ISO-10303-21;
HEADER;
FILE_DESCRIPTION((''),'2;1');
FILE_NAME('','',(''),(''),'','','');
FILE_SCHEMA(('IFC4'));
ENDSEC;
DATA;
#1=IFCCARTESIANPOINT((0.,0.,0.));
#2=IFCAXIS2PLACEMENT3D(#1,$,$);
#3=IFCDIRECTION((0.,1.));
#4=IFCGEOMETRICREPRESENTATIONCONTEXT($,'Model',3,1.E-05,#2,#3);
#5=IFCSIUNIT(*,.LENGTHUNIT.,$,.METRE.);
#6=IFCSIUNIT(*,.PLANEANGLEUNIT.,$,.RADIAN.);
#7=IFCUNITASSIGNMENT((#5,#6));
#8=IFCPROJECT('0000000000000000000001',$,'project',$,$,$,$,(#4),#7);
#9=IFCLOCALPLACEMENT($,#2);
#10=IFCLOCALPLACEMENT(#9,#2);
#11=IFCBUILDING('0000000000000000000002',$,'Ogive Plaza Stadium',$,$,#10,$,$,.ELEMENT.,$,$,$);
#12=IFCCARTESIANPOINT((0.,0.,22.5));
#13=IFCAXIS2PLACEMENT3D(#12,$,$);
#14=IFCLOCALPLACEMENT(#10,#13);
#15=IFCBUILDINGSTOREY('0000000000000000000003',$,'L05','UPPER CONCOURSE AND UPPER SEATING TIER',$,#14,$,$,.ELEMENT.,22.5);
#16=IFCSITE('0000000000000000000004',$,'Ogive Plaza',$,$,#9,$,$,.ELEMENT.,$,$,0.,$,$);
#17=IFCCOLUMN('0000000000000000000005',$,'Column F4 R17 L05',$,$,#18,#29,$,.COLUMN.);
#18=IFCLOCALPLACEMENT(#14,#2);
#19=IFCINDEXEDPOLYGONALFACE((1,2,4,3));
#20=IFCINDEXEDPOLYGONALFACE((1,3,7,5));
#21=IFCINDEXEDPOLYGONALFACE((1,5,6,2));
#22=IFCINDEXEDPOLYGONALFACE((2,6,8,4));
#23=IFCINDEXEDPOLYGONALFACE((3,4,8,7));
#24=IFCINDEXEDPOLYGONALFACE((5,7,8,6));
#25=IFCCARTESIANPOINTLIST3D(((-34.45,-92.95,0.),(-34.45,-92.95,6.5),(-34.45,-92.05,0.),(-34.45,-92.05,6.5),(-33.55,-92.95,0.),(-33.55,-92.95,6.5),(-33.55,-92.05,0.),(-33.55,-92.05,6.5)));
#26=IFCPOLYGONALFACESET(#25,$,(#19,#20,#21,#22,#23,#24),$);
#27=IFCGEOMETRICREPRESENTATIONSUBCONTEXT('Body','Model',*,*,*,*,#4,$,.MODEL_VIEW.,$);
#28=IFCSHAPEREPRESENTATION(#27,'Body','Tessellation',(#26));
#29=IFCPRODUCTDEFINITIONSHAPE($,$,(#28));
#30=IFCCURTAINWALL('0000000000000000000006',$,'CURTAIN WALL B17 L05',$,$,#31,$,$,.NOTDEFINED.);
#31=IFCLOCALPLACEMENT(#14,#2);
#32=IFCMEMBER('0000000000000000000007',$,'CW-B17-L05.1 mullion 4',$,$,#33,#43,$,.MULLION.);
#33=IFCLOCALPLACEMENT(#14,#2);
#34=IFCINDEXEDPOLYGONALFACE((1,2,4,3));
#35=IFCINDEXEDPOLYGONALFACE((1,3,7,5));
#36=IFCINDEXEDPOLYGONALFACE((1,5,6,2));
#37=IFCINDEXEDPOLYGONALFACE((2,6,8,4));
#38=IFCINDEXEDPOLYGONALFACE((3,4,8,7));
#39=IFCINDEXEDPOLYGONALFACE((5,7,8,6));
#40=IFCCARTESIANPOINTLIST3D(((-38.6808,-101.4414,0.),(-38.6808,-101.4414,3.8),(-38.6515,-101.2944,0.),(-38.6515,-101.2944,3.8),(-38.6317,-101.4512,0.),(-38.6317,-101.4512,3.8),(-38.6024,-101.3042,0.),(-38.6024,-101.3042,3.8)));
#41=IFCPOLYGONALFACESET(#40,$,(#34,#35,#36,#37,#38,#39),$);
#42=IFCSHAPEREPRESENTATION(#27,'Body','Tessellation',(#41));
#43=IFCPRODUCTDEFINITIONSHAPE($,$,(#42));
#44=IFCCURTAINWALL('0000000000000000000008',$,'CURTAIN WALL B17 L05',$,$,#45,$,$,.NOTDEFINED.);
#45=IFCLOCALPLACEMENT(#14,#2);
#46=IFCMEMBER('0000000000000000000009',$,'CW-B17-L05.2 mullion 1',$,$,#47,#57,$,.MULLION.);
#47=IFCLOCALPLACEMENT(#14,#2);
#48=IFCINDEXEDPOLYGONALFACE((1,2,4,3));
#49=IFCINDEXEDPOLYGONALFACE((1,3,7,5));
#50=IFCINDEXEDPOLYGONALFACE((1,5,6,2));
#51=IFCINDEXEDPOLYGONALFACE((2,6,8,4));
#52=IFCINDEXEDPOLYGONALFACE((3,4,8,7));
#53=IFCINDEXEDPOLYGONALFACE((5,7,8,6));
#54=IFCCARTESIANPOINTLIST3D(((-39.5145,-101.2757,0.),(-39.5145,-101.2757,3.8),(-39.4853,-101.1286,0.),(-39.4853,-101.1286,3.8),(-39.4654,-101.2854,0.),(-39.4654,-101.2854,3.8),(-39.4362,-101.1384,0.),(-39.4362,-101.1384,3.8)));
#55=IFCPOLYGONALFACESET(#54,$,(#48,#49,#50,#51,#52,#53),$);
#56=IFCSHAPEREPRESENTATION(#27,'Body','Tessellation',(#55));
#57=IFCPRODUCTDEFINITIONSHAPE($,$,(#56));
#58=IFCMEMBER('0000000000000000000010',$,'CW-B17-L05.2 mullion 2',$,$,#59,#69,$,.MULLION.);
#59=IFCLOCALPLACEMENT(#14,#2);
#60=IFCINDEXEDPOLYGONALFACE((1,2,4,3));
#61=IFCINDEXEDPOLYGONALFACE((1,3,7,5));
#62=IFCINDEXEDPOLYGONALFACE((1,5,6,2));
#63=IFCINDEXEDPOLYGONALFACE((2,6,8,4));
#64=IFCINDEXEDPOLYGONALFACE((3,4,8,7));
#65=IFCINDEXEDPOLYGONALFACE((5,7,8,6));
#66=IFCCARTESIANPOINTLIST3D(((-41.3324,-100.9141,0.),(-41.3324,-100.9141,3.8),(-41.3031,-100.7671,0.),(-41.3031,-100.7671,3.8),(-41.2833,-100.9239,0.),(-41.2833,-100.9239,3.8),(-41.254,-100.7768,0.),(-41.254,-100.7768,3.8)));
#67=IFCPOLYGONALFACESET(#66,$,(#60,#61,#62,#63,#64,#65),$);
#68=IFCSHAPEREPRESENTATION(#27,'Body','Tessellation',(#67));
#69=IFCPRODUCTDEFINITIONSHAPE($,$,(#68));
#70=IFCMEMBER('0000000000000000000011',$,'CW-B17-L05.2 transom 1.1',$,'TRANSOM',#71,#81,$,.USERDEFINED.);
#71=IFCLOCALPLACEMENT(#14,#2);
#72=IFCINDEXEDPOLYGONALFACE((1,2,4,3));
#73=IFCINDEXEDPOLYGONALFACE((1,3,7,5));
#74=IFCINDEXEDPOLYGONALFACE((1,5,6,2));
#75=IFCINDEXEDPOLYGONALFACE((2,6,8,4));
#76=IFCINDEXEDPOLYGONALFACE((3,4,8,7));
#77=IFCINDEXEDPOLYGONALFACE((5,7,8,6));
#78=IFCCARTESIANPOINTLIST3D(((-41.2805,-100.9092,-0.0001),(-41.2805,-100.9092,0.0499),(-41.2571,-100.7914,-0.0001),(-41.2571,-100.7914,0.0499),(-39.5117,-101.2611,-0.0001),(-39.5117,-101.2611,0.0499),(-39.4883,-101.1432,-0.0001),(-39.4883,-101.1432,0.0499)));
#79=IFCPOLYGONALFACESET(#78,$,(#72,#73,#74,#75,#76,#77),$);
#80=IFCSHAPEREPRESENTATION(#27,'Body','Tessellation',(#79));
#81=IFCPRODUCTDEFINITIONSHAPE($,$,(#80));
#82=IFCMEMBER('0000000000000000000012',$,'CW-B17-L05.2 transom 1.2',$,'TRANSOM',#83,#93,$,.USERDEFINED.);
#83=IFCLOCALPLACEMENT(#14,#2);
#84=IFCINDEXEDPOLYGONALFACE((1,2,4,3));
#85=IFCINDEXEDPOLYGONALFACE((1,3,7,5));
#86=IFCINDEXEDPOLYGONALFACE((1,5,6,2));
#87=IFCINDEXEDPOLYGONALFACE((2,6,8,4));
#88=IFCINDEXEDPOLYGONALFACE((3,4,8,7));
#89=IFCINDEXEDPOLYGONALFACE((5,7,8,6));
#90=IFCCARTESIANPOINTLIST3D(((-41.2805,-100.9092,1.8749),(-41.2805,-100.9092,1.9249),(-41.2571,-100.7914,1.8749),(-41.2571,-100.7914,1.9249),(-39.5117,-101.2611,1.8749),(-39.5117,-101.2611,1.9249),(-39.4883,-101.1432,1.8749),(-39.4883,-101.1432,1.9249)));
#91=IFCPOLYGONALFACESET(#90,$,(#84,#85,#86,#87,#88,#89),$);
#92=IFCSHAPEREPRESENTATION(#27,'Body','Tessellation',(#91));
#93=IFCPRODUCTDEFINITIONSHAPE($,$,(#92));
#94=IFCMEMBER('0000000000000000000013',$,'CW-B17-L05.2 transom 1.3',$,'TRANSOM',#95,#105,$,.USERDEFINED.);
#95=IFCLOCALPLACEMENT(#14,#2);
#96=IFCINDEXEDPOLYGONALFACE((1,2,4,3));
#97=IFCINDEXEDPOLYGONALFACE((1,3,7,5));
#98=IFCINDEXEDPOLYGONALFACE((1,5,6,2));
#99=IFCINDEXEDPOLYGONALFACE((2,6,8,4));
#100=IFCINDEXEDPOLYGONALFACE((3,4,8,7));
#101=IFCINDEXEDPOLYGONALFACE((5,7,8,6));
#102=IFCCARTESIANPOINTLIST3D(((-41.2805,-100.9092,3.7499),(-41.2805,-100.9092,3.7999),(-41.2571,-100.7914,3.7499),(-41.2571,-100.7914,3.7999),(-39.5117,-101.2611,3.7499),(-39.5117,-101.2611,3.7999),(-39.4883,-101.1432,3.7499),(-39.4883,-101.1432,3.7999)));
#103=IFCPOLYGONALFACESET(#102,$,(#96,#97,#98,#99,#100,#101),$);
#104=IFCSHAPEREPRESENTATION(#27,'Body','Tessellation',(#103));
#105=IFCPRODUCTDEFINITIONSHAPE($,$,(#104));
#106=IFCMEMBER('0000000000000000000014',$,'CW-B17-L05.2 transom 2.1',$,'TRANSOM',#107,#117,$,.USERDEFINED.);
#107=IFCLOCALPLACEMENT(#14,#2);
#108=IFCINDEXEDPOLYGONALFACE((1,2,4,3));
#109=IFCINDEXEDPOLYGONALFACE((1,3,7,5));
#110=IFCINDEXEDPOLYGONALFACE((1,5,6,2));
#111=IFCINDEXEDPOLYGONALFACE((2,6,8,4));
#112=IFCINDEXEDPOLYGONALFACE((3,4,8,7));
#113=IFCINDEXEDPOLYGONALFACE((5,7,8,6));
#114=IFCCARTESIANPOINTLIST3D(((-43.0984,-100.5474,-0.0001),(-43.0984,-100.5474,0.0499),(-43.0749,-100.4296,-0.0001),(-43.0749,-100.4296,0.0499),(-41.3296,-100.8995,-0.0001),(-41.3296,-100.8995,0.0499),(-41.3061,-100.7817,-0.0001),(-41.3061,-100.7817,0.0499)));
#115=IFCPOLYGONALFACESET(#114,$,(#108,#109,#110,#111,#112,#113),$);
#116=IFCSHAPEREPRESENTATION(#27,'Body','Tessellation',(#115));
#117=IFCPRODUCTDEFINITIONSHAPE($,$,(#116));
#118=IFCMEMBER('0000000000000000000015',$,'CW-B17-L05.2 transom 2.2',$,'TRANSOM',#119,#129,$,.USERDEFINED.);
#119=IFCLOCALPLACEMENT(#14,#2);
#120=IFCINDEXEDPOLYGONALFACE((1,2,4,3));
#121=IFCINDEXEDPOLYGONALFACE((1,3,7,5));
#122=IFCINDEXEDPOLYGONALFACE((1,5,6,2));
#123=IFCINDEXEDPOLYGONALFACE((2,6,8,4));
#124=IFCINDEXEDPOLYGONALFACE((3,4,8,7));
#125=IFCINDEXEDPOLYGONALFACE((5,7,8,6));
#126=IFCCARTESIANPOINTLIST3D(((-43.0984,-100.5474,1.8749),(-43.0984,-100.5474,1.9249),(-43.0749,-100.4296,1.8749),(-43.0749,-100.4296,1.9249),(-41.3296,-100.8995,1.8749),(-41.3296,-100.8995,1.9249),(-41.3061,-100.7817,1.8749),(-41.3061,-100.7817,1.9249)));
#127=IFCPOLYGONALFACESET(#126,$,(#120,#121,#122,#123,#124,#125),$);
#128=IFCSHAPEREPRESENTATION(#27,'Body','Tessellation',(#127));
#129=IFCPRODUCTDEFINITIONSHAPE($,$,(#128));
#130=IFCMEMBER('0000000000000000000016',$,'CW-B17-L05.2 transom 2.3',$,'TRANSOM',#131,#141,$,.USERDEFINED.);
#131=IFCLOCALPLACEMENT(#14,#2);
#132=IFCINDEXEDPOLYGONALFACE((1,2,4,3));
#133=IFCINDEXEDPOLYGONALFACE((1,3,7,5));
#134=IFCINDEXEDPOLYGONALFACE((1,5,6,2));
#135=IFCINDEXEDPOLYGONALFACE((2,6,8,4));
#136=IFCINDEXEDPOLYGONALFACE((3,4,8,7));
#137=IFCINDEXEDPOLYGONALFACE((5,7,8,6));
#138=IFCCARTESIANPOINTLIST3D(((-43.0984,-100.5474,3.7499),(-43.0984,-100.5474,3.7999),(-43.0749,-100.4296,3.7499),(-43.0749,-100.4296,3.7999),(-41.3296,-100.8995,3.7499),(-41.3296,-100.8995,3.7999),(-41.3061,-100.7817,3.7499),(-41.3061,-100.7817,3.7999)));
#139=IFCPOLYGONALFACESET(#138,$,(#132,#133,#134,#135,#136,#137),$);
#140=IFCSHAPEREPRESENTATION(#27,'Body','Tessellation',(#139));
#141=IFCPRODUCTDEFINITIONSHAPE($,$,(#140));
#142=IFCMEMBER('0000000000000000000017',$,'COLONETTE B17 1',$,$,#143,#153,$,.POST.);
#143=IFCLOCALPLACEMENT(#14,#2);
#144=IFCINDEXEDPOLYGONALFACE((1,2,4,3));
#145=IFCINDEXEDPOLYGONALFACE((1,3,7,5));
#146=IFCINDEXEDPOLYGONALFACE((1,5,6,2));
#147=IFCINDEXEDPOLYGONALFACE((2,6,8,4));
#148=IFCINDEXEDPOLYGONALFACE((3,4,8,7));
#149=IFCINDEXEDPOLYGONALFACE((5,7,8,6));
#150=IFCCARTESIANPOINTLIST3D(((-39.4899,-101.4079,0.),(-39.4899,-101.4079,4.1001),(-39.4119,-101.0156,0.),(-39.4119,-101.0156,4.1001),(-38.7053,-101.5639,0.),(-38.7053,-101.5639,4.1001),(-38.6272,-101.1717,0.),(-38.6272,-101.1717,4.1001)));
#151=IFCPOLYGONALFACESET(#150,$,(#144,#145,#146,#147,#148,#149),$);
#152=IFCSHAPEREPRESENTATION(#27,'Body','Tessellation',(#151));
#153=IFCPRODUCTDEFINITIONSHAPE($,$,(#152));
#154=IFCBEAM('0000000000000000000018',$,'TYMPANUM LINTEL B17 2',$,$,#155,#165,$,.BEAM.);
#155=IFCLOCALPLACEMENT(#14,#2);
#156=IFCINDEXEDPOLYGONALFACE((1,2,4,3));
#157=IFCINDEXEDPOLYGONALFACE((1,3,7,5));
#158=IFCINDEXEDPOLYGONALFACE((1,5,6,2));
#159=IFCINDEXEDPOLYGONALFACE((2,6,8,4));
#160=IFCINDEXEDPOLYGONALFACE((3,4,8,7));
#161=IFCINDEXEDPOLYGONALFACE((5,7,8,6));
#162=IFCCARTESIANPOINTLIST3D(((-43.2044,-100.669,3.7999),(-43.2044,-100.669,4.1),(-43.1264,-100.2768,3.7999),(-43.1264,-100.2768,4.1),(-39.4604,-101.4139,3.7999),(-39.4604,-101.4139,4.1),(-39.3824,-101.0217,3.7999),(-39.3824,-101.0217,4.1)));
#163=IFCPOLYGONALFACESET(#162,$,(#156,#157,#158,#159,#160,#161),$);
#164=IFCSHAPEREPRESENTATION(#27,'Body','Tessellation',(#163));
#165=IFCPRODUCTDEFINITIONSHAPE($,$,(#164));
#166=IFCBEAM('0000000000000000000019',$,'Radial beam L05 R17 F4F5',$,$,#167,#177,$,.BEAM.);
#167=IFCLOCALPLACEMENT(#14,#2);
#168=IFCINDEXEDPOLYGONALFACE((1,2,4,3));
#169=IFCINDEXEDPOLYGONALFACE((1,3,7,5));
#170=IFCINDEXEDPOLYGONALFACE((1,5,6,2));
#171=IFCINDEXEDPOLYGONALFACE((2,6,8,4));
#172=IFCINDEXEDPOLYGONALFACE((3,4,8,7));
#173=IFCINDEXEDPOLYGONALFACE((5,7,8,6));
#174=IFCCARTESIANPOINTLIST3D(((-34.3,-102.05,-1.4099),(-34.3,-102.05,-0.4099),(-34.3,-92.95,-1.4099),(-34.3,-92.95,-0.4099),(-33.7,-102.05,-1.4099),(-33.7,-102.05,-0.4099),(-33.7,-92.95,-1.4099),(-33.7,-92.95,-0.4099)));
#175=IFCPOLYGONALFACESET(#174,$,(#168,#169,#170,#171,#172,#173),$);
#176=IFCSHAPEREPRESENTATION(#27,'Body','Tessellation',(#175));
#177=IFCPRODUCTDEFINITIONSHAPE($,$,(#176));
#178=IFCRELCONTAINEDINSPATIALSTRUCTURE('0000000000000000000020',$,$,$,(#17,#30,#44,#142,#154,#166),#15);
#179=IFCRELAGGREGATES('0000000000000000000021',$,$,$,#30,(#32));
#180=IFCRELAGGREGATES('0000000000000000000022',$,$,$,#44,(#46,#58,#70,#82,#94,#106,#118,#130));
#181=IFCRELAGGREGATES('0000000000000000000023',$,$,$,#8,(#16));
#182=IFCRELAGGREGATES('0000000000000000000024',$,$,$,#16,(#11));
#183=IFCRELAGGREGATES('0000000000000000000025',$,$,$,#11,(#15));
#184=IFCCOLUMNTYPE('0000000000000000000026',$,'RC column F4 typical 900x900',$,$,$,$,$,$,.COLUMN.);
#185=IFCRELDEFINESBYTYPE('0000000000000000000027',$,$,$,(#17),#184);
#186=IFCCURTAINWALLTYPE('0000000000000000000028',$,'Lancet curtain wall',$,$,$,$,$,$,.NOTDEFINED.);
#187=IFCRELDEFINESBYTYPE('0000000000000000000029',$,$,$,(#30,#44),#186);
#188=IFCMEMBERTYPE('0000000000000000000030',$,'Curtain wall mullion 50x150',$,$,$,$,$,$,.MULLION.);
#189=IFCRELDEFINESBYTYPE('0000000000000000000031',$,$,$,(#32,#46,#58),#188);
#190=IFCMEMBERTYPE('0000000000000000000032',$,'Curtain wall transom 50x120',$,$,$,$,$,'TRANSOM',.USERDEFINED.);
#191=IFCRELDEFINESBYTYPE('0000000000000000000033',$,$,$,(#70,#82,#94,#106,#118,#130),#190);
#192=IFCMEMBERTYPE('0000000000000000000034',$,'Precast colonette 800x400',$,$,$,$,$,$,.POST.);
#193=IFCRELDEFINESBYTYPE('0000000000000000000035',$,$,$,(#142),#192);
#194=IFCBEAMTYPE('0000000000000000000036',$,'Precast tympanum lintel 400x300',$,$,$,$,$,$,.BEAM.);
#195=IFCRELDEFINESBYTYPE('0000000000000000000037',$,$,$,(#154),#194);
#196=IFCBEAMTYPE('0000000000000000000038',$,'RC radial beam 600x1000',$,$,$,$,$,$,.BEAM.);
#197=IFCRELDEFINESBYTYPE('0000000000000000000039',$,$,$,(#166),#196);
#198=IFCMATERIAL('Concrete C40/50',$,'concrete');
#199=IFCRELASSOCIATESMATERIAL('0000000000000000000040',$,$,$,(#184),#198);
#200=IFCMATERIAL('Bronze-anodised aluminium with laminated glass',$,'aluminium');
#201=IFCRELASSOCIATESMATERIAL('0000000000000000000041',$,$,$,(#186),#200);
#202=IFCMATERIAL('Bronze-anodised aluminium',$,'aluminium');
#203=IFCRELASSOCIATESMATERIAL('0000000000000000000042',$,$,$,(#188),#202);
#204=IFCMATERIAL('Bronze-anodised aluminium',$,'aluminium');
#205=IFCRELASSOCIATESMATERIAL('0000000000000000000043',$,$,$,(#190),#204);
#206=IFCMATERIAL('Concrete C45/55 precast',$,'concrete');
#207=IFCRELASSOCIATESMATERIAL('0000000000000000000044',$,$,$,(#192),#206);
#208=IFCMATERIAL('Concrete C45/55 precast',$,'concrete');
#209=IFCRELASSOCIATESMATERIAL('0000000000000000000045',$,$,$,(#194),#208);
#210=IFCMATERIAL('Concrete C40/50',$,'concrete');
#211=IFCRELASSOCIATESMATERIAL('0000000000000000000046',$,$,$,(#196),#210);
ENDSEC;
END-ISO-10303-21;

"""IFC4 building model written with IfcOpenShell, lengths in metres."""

from ifc_helpers import new_model, si_unit, direction, frame, origin, origin_2d, place, context, subcontext, project, spatial, rectangle, extrude, material, material_profile, profile_set, type_object, element, aggregate, save


model = new_model("IFC4")

# Units and contexts
model_context = context("Model", 3, precision=1e-05, world=origin(), true_north=direction((0.0, 1.0)))
body_context = subcontext(model_context, "Body", "Model", "MODEL_VIEW")
ifc_project = project(units=[si_unit("LENGTHUNIT", "METRE"), si_unit("PLANEANGLEUNIT", "RADIAN")], contexts=[model_context])

# Site, building, storey
site_placement = place(None, origin())
site = spatial("IfcSite", under=ifc_project, at=site_placement, Name="Ogive Plaza", CompositionType="ELEMENT", RefElevation=0.0)
building_placement = place(site_placement, origin())
building = spatial("IfcBuilding", under=site, at=building_placement, Name="Ogive Plaza Stadium", CompositionType="ELEMENT")
storey_placement = place(building_placement, frame((0.0, 0.0, 22.5)))
storey = spatial("IfcBuildingStorey", under=building, at=storey_placement, Name="L05", Description="UPPER CONCOURSE AND UPPER SEATING TIER", CompositionType="ELEMENT", Elevation=22.5)

# Column
ifc_material_1 = material(Name="Concrete C40/50", Category="concrete")
ifc_material_profile_1 = material_profile(ifc_material_1, rectangle(XDim=0.8999, YDim=0.8999, at=origin_2d()), Name="RC 900x900")
ifc_profile_set_1 = profile_set([ifc_material_profile_1], Name="Concrete C40/50")
column_type = type_object("IfcColumnType", Name="RC column F4 typical 900x900", PredefinedType="COLUMN", material=ifc_profile_set_1)
column_placement = place(storey_placement, frame((-34.0, -92.5, 0.0), z_axis=(0.0, 0.0, 1.0), x_axis=(1.0, 0.0, 0.0)))
element("IfcColumn", 1, at=column_placement, inside=storey, type_object=column_type, Name="Column F4 R17 L05", PredefinedType="COLUMN", context=body_context, shape_type="SweptSolid", body=[
    extrude(rectangle(XDim=0.8999, YDim=0.8999, at=origin_2d()), origin(), (0.0, 0.0, 1.0), 6.5),
])

# Curtain wall, member
ifc_material_2 = material(Name="Bronze-anodised aluminium with laminated glass", Category="aluminium")
curtain_wall_type = type_object("IfcCurtainWallType", Name="Lancet curtain wall", PredefinedType="NOTDEFINED", material=ifc_material_2)
curtain_wall_1_placement = place(storey_placement, origin())
curtain_wall_1 = element("IfcCurtainWall", 2, at=curtain_wall_1_placement, inside=storey, type_object=curtain_wall_type, Name="CURTAIN WALL B17 L05", PredefinedType="NOTDEFINED")
ifc_material_3 = material(Name="Bronze-anodised aluminium", Category="aluminium")
ifc_material_profile_2 = material_profile(ifc_material_3, rectangle(XDim=0.1499, YDim=0.05, at=origin_2d()), Name="AL 150x50")
ifc_profile_set_2 = profile_set([ifc_material_profile_2], Name="Bronze-anodised aluminium")
member_type_1 = type_object("IfcMemberType", Name="Curtain wall mullion 50x150", PredefinedType="MULLION", material=ifc_profile_set_2)
member_1_placement = place(storey_placement, frame((-38.6416, -101.3728, 0.0), z_axis=(0.0, 0.0, 1.0), x_axis=(-0.19509, -0.980785, 0.0)))
member_1 = element("IfcMember", 3, at=member_1_placement, type_object=member_type_1, Name="CW-B17-L05.1 mullion 4", PredefinedType="MULLION", context=body_context, shape_type="SweptSolid", body=[
    extrude(rectangle(XDim=0.1499, YDim=0.05, at=origin_2d()), origin(), (0.0, 0.0, 1.0), 3.8),
])
aggregate(curtain_wall_1, [member_1])

# Curtain wall, members
curtain_wall_2_placement = place(storey_placement, origin())
curtain_wall_2 = element("IfcCurtainWall", 4, at=curtain_wall_2_placement, inside=storey, type_object=curtain_wall_type, Name="CURTAIN WALL B17 L05", PredefinedType="NOTDEFINED")
member_2_placement = place(storey_placement, frame((-39.4753, -101.207, 0.0), z_axis=(0.0, 0.0, 1.0), x_axis=(-0.19509, -0.980785, 0.0)))
member_2 = element("IfcMember", 5, at=member_2_placement, type_object=member_type_1, Name="CW-B17-L05.2 mullion 1", PredefinedType="MULLION", context=body_context, shape_type="SweptSolid", body=[
    extrude(rectangle(XDim=0.1499, YDim=0.05, at=origin_2d()), origin(), (0.0, 0.0, 1.0), 3.8),
])
member_3_placement = place(storey_placement, frame((-41.2932, -100.8455, 0.0), z_axis=(0.0, 0.0, 1.0), x_axis=(-0.19509, -0.980785, 0.0)))
member_3 = element("IfcMember", 6, at=member_3_placement, type_object=member_type_1, Name="CW-B17-L05.2 mullion 2", PredefinedType="MULLION", context=body_context, shape_type="SweptSolid", body=[
    extrude(rectangle(XDim=0.1499, YDim=0.05, at=origin_2d()), origin(), (0.0, 0.0, 1.0), 3.8),
])
ifc_material_4 = material(Name="Bronze-anodised aluminium", Category="aluminium")
ifc_material_profile_3 = material_profile(ifc_material_4, rectangle(XDim=0.1201, YDim=0.05, at=origin_2d()), Name="AL 120x50")
ifc_profile_set_3 = profile_set([ifc_material_profile_3], Name="Bronze-anodised aluminium")
member_type_2 = type_object("IfcMemberType", Name="Curtain wall transom 50x120", ElementType="TRANSOM", PredefinedType="USERDEFINED", material=ifc_profile_set_3)
member_4_placement = place(storey_placement, frame((-39.5, -101.2021, 0.0249), z_axis=(-0.980788, 0.195075, 0.0), x_axis=(-0.195075, -0.980788, 0.0)))
member_4 = element("IfcMember", 7, at=member_4_placement, type_object=member_type_2, Name="CW-B17-L05.2 transom 1.1", ObjectType="TRANSOM", PredefinedType="USERDEFINED", context=body_context, shape_type="SweptSolid", body=[
    extrude(rectangle(XDim=0.1201, YDim=0.05, at=origin_2d()), origin(), (0.0, 0.0, 1.0), 1.8035),
])
member_5_placement = place(storey_placement, frame((-39.5, -101.2021, 1.8999), z_axis=(-0.980788, 0.195075, 0.0), x_axis=(-0.195075, -0.980788, 0.0)))
member_5 = element("IfcMember", 8, at=member_5_placement, type_object=member_type_2, Name="CW-B17-L05.2 transom 1.2", ObjectType="TRANSOM", PredefinedType="USERDEFINED", context=body_context, shape_type="SweptSolid", body=[
    extrude(rectangle(XDim=0.1201, YDim=0.05, at=origin_2d()), origin(), (0.0, 0.0, 1.0), 1.8035),
])
member_6_placement = place(storey_placement, frame((-39.5, -101.2021, 3.7749), z_axis=(-0.980788, 0.195075, 0.0), x_axis=(-0.195075, -0.980788, 0.0)))
member_6 = element("IfcMember", 9, at=member_6_placement, type_object=member_type_2, Name="CW-B17-L05.2 transom 1.3", ObjectType="TRANSOM", PredefinedType="USERDEFINED", context=body_context, shape_type="SweptSolid", body=[
    extrude(rectangle(XDim=0.1201, YDim=0.05, at=origin_2d()), origin(), (0.0, 0.0, 1.0), 1.8035),
])
member_7_placement = place(storey_placement, frame((-41.3179, -100.8406, 0.0249), z_axis=(-0.980762, 0.195205, 0.0), x_axis=(-0.195205, -0.980762, 0.0)))
member_7 = element("IfcMember", 10, at=member_7_placement, type_object=member_type_2, Name="CW-B17-L05.2 transom 2.1", ObjectType="TRANSOM", PredefinedType="USERDEFINED", context=body_context, shape_type="SweptSolid", body=[
    extrude(rectangle(XDim=0.1201, YDim=0.05, at=origin_2d()), origin(), (0.0, 0.0, 1.0), 1.8035),
])
member_8_placement = place(storey_placement, frame((-41.3179, -100.8406, 1.8999), z_axis=(-0.980762, 0.195205, 0.0), x_axis=(-0.195205, -0.980762, 0.0)))
member_8 = element("IfcMember", 11, at=member_8_placement, type_object=member_type_2, Name="CW-B17-L05.2 transom 2.2", ObjectType="TRANSOM", PredefinedType="USERDEFINED", context=body_context, shape_type="SweptSolid", body=[
    extrude(rectangle(XDim=0.1201, YDim=0.05, at=origin_2d()), origin(), (0.0, 0.0, 1.0), 1.8035),
])
member_9_placement = place(storey_placement, frame((-41.3179, -100.8406, 3.7749), z_axis=(-0.980762, 0.195205, 0.0), x_axis=(-0.195205, -0.980762, 0.0)))
member_9 = element("IfcMember", 12, at=member_9_placement, type_object=member_type_2, Name="CW-B17-L05.2 transom 2.3", ObjectType="TRANSOM", PredefinedType="USERDEFINED", context=body_context, shape_type="SweptSolid", body=[
    extrude(rectangle(XDim=0.1201, YDim=0.05, at=origin_2d()), origin(), (0.0, 0.0, 1.0), 1.8035),
])

# Member
ifc_material_5 = material(Name="Concrete C45/55 precast", Category="concrete")
ifc_material_profile_4 = material_profile(ifc_material_5, rectangle(XDim=0.3999, YDim=0.8, at=origin_2d()), Name="RC 400x800")
ifc_profile_set_4 = profile_set([ifc_material_profile_4], Name="Concrete C45/55 precast")
member_type_3 = type_object("IfcMemberType", Name="Precast colonette 800x400", PredefinedType="POST", material=ifc_profile_set_4)
member_10_placement = place(storey_placement, frame((-39.0586, -101.2898, 0.0), z_axis=(0.0, 0.0, 1.0), x_axis=(-0.19509, -0.980785, 0.0)))
element("IfcMember", 13, at=member_10_placement, inside=storey, type_object=member_type_3, Name="COLONETTE B17 1", PredefinedType="POST", context=body_context, shape_type="SweptSolid", body=[
    extrude(rectangle(XDim=0.3999, YDim=0.8, at=origin_2d()), origin(), (0.0, 0.0, 1.0), 4.1001),
])

# Beams
ifc_material_6 = material(Name="Concrete C45/55 precast", Category="concrete")
ifc_material_profile_5 = material_profile(ifc_material_6, rectangle(XDim=0.3999, YDim=0.3, at=origin_2d()), Name="RC 400x300")
ifc_profile_set_5 = profile_set([ifc_material_profile_5], Name="Concrete C45/55 precast")
beam_type_1 = type_object("IfcBeamType", Name="Precast tympanum lintel 400x300", PredefinedType="BEAM", material=ifc_profile_set_5)
beam_1_placement = place(storey_placement, frame((-39.4214, -101.2178, 3.95), z_axis=(-0.980777, 0.195132, 0.0), x_axis=(-0.195132, -0.980777, 0.0)))
element("IfcBeam", 14, at=beam_1_placement, inside=storey, type_object=beam_type_1, Name="TYMPANUM LINTEL B17 2", PredefinedType="BEAM", context=body_context, shape_type="SweptSolid", body=[
    extrude(rectangle(XDim=0.3999, YDim=0.3, at=origin_2d()), origin(), (0.0, 0.0, 1.0), 3.8174),
])
ifc_material_7 = material(Name="Concrete C40/50", Category="concrete")
ifc_material_profile_6 = material_profile(ifc_material_7, rectangle(XDim=0.6001, YDim=1.0, at=origin_2d()), Name="RC 600x1000")
ifc_profile_set_6 = profile_set([ifc_material_profile_6], Name="Concrete C40/50")
beam_type_2 = type_object("IfcBeamType", Name="RC radial beam 600x1000", PredefinedType="BEAM", material=ifc_profile_set_6)
beam_2_placement = place(storey_placement, frame((-34.0, -92.95, -0.9099), z_axis=(0.0, -1.0, 0.0), x_axis=(1.0, 0.0, 0.0)))
element("IfcBeam", 15, at=beam_2_placement, inside=storey, type_object=beam_type_2, Name="Radial beam L05 R17 F4F5", PredefinedType="BEAM", context=body_context, shape_type="SweptSolid", body=[
    extrude(rectangle(XDim=0.6001, YDim=1.0, at=origin_2d()), origin(), (0.0, 0.0, 1.0), 9.1001),
])

aggregate(curtain_wall_2, [member_2, member_3, member_4, member_5, member_6, member_7, member_8, member_9])

save(model, "model.ifc")
